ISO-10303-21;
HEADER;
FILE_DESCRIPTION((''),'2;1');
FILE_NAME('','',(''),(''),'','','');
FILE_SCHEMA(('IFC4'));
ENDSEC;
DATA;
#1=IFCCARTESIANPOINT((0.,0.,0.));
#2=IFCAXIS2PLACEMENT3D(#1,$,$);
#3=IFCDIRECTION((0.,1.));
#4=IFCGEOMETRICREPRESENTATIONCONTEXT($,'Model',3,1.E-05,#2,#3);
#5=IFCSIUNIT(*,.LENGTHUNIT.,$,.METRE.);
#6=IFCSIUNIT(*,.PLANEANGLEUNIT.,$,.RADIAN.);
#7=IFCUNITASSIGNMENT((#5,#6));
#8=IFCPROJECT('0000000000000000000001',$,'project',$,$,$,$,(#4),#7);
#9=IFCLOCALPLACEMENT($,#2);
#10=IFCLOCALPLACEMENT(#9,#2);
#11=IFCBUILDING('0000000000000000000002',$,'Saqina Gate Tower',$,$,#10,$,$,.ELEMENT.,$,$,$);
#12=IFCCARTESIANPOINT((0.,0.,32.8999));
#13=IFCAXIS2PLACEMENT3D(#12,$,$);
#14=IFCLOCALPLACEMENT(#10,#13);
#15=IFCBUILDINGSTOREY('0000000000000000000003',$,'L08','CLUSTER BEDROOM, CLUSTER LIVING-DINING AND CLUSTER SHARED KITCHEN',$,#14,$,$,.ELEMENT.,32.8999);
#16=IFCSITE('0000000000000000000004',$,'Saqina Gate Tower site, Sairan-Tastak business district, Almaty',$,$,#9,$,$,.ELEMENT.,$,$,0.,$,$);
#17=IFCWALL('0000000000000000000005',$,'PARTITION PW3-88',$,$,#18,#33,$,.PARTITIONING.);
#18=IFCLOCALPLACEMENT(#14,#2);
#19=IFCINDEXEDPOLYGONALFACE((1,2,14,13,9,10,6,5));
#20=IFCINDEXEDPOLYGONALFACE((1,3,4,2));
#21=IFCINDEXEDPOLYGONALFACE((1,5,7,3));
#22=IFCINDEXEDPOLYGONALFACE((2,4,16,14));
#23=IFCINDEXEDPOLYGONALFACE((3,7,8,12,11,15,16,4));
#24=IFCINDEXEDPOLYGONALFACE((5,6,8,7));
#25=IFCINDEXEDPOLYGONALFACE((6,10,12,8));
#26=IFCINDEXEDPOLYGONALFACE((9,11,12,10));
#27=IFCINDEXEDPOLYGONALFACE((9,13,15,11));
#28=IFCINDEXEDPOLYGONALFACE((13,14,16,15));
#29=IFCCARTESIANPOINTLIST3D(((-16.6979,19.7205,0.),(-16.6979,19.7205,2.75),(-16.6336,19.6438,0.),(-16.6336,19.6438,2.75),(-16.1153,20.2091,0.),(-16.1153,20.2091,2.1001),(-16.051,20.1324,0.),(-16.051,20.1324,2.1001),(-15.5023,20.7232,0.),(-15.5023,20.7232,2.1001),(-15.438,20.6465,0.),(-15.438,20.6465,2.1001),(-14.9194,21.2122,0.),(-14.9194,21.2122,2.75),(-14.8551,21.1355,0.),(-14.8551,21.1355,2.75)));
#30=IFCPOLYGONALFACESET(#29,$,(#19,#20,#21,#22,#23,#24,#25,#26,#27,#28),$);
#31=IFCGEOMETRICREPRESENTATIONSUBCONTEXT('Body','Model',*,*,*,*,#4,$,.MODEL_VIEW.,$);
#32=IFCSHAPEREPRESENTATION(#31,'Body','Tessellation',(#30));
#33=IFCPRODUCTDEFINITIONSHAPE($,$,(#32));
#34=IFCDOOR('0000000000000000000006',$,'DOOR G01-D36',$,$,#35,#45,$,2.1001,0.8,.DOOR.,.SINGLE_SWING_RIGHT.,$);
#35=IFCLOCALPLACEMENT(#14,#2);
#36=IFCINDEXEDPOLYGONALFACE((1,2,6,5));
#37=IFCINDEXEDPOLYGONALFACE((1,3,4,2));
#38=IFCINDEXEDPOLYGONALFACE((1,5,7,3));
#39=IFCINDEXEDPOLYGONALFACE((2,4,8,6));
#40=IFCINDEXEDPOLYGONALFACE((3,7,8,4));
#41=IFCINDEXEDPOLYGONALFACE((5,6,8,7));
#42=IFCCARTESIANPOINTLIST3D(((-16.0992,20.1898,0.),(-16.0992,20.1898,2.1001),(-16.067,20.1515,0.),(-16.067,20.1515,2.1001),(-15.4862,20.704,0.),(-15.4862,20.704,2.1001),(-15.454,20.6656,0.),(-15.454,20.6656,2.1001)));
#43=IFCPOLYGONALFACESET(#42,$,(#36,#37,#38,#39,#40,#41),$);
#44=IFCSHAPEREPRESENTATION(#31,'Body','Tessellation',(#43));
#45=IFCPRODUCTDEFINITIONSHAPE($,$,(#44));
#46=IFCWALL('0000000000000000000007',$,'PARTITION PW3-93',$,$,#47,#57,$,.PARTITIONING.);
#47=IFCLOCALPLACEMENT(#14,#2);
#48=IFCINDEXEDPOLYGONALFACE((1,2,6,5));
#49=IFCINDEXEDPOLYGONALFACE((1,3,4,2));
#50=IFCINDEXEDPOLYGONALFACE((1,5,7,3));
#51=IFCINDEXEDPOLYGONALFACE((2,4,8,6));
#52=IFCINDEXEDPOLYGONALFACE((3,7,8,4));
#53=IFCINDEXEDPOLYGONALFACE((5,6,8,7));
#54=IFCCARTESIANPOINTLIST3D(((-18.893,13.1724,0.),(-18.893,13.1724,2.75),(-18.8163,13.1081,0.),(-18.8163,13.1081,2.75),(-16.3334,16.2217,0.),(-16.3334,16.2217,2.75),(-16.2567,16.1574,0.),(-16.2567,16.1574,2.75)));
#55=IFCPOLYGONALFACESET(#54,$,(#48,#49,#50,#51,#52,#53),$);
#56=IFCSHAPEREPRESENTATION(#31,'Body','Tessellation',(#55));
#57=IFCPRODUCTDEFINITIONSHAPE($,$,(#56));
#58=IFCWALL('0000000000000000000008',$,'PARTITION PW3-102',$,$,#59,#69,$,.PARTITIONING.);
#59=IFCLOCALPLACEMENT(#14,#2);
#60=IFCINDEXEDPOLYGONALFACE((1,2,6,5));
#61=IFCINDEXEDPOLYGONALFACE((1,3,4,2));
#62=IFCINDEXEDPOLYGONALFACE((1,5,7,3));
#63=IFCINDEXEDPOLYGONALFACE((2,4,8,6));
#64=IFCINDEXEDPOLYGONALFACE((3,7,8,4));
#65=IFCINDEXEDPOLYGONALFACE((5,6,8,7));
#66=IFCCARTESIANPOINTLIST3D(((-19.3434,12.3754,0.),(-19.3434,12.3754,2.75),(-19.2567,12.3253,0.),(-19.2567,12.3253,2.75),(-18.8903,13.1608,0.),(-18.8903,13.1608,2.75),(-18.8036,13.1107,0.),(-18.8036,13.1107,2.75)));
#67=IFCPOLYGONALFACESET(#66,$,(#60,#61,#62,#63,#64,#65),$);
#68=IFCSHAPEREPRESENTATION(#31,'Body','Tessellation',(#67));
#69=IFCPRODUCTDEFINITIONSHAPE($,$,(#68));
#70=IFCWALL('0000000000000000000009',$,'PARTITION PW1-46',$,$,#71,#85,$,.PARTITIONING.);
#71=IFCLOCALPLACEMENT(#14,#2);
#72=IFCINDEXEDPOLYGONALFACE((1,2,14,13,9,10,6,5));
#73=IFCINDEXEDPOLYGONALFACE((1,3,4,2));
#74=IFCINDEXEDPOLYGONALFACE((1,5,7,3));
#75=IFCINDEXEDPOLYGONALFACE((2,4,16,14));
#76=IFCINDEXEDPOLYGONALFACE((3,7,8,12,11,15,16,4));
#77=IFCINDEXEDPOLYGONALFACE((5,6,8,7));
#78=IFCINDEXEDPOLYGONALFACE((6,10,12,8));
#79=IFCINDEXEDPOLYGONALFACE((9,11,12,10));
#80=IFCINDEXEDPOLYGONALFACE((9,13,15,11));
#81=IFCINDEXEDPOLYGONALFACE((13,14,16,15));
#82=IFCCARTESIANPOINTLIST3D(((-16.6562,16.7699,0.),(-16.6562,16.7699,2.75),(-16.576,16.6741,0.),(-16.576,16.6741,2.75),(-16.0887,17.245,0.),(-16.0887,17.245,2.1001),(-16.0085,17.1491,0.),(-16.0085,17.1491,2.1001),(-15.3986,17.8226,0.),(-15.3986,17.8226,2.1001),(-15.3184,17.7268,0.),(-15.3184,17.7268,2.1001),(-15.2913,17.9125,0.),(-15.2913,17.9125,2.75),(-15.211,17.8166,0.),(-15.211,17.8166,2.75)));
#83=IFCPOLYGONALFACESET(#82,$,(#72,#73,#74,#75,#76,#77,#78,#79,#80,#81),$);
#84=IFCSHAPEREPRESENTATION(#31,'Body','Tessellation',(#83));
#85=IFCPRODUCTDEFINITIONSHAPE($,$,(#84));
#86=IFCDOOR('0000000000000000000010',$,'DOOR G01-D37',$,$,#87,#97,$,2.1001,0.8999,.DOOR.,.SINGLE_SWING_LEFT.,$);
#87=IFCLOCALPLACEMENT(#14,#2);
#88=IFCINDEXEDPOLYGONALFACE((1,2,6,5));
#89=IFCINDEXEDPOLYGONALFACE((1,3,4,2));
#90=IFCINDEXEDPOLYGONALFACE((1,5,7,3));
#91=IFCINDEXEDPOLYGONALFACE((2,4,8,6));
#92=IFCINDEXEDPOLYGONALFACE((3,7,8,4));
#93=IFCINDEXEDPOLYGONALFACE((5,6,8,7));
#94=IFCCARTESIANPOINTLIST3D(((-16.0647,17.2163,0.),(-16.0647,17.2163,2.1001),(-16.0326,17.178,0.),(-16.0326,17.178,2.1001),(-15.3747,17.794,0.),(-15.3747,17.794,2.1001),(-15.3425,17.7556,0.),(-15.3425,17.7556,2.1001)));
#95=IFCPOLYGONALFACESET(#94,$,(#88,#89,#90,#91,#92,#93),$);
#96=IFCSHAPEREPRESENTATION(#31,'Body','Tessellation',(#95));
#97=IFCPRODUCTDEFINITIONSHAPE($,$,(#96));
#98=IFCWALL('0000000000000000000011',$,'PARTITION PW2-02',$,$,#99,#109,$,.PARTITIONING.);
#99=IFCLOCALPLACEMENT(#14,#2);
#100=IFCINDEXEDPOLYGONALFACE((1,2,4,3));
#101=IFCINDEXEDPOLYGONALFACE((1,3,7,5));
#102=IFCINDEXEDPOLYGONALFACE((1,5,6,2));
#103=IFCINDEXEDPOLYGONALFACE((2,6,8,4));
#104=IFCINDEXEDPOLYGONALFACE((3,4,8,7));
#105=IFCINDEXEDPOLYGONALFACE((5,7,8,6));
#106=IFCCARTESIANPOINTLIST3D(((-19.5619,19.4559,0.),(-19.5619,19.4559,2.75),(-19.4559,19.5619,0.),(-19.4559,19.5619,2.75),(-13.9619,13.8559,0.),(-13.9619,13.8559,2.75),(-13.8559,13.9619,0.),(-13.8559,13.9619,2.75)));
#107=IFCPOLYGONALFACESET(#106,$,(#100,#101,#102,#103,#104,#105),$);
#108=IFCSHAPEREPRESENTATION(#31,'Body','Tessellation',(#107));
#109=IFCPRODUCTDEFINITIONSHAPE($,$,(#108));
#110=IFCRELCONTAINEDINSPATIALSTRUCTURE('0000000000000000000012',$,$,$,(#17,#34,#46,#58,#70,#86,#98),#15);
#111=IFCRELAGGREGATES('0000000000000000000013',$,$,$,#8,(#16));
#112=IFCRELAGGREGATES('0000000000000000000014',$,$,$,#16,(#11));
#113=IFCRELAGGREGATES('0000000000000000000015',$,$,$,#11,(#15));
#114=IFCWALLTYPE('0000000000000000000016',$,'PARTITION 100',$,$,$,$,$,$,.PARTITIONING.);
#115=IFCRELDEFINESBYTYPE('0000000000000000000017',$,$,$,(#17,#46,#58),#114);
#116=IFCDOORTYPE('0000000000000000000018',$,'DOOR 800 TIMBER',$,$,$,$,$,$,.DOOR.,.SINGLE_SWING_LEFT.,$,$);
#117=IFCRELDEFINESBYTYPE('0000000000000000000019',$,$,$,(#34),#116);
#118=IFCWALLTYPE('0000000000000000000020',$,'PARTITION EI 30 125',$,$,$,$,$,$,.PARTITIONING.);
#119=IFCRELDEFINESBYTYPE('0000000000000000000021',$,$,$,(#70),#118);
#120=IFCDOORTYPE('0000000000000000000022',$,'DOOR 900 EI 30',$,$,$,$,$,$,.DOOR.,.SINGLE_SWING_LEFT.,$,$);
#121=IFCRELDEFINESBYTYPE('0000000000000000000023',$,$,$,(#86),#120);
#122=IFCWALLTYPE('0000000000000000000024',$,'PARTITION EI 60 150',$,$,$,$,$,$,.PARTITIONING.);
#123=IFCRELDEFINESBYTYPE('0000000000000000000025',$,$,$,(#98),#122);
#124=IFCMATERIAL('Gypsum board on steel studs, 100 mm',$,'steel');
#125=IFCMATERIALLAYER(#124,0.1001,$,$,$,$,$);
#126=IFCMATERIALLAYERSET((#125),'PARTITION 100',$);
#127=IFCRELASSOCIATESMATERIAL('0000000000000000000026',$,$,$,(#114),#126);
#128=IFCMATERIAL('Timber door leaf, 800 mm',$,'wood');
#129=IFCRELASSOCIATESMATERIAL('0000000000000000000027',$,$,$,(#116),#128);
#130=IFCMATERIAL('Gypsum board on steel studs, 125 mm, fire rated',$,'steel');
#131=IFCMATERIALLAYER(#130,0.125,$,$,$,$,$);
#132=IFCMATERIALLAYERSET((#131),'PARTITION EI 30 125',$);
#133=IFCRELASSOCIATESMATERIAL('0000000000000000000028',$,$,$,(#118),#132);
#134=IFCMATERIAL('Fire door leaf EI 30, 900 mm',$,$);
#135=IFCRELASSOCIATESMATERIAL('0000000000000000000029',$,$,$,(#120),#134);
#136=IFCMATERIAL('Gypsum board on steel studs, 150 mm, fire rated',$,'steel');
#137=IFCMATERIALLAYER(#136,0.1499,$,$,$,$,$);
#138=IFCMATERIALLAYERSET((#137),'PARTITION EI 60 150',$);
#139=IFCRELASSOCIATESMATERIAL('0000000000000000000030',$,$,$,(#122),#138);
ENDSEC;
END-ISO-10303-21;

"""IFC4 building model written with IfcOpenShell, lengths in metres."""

from ifc_helpers import new_model, si_unit, direction, frame, frame_2d, origin, place, context, subcontext, project, spatial, rectangle, extrude, material, layer, layer_set, type_object, element, fill, save


model = new_model("IFC4")

# Units and contexts
model_context = context("Model", 3, precision=1e-05, world=origin(), true_north=direction((0.0, 1.0)))
body_context = subcontext(model_context, "Body", "Model", "MODEL_VIEW")
ifc_project = project(units=[si_unit("LENGTHUNIT", "METRE"), si_unit("PLANEANGLEUNIT", "RADIAN")], contexts=[model_context])

# Site, building, storey
site_placement = place(None, origin())
site = spatial("IfcSite", under=ifc_project, at=site_placement, Name="Saqina Gate Tower site, Sairan-Tastak business district, Almaty", CompositionType="ELEMENT", RefElevation=0.0)
building_placement = place(site_placement, origin())
building = spatial("IfcBuilding", under=site, at=building_placement, Name="Saqina Gate Tower", CompositionType="ELEMENT")
storey_placement = place(building_placement, frame((0.0, 0.0, 32.8999)))
storey = spatial("IfcBuildingStorey", under=building, at=storey_placement, Name="L08", Description="CLUSTER BEDROOM, CLUSTER LIVING-DINING AND CLUSTER SHARED KITCHEN", CompositionType="ELEMENT", Elevation=32.8999)

# Shared definitions
ifc_material_1 = material(Name="Gypsum board on steel studs, 100 mm", Category="steel")
ifc_layer_1 = layer(ifc_material_1, 0.1001)
ifc_layer_set_1 = layer_set([ifc_layer_1], Name="PARTITION 100")
wall_type_1 = type_object("IfcWallType", Name="PARTITION 100", PredefinedType="PARTITIONING", material=ifc_layer_set_1)

# Wall, opening, door
wall_1_placement = place(storey_placement, frame((-16.6658, 19.6821, 0.0), z_axis=(0.0, 0.0, 1.0), x_axis=(0.766192, 0.642612, 0.0)))
wall_1 = element("IfcWall", 1, at=wall_1_placement, inside=storey, type_object=wall_type_1, Name="PARTITION PW3-88", PredefinedType="PARTITIONING", context=body_context, shape_type="SweptSolid", body=[
    extrude(rectangle(XDim=2.3213, YDim=0.1001, at=frame_2d((1.1606, 0.0))), origin(), (0.0, 0.0, 1.0), 2.75),
])
opening_1_placement = place(wall_1_placement, frame((0.7605, 0.0, 0.0)))
opening_1 = element("IfcOpeningElement", 2, at=opening_1_placement, cuts=wall_1, PredefinedType="OPENING", context=body_context, shape_type="SweptSolid", body=[
    extrude(rectangle(XDim=0.8, YDim=2.1001, at=frame_2d((0.3999, 1.05))), frame((0.0, 0.062, 0.0), z_axis=(0.0, -1.0, 0.0), x_axis=(1.0, 0.0, 0.0)), (0.0, 0.0, 1.0), 0.124),
])
ifc_material_2 = material(Name="Timber door leaf, 800 mm", Category="wood")
door_type_1 = type_object("IfcDoorType", Name="DOOR 800 TIMBER", OperationType="SINGLE_SWING_LEFT", PredefinedType="DOOR", material=ifc_material_2)
door_1_placement = place(opening_1_placement, origin())
door_1 = element("IfcDoor", 3, at=door_1_placement, inside=storey, type_object=door_type_1, Name="DOOR G01-D36", OperationType="SINGLE_SWING_RIGHT", OverallHeight=2.1001, OverallWidth=0.8, PredefinedType="DOOR", context=body_context, shape_type="SweptSolid", body=[
    extrude(rectangle(XDim=0.8, YDim=2.1001, at=frame_2d((0.3999, 1.05))), frame((0.0, 0.0249, 0.0), z_axis=(0.0, -1.0, 0.0), x_axis=(1.0, 0.0, 0.0)), (0.0, 0.0, 1.0), 0.05),
])
fill(opening_1, door_1)

# Walls
wall_2_placement = place(storey_placement, frame((-18.8547, 13.1401, 0.0), z_axis=(0.0, 0.0, 1.0), x_axis=(0.642919, 0.765934, 0.0)))
element("IfcWall", 4, at=wall_2_placement, inside=storey, type_object=wall_type_1, Name="PARTITION PW3-93", PredefinedType="PARTITIONING", context=body_context, shape_type="SweptSolid", body=[
    extrude(rectangle(XDim=3.9812, YDim=0.1001, at=frame_2d((1.9907, 0.0))), origin(), (0.0, 0.0, 1.0), 2.75),
])
wall_3_placement = place(storey_placement, frame((-19.3, 12.3503, 0.0), z_axis=(0.0, 0.0, 1.0), x_axis=(0.49973, 0.866181, 0.0)))
element("IfcWall", 5, at=wall_3_placement, inside=storey, type_object=wall_type_1, Name="PARTITION PW3-102", PredefinedType="PARTITIONING", context=body_context, shape_type="SweptSolid", body=[
    extrude(rectangle(XDim=0.9067, YDim=0.1001, at=frame_2d((0.4534, 0.0))), origin(), (0.0, 0.0, 1.0), 2.75),
])

# Wall, opening, door
ifc_material_3 = material(Name="Gypsum board on steel studs, 125 mm, fire rated", Category="steel")
ifc_layer_2 = layer(ifc_material_3, 0.125)
ifc_layer_set_2 = layer_set([ifc_layer_2], Name="PARTITION EI 30 125")
wall_type_2 = type_object("IfcWallType", Name="PARTITION EI 30 125", PredefinedType="PARTITIONING", material=ifc_layer_set_2)
wall_4_placement = place(storey_placement, frame((-16.6162, 16.7219, 0.0), z_axis=(0.0, 0.0, 1.0), x_axis=(0.766814, 0.641869, 0.0)))
wall_4 = element("IfcWall", 6, at=wall_4_placement, inside=storey, type_object=wall_type_2, Name="PARTITION PW1-46", PredefinedType="PARTITIONING", context=body_context, shape_type="SweptSolid", body=[
    extrude(rectangle(XDim=1.78, YDim=0.125, at=frame_2d((0.8901, 0.0))), origin(), (0.0, 0.0, 1.0), 2.75),
])
opening_2_placement = place(wall_4_placement, frame((0.7402, 0.0, 0.0)))
opening_2 = element("IfcOpeningElement", 7, at=opening_2_placement, cuts=wall_4, PredefinedType="OPENING", context=body_context, shape_type="SweptSolid", body=[
    extrude(rectangle(XDim=0.8999, YDim=2.1001, at=frame_2d((0.45, 1.05))), frame((0.0, 0.0745, 0.0), z_axis=(0.0, -1.0, 0.0), x_axis=(1.0, 0.0, 0.0)), (0.0, 0.0, 1.0), 0.1489),
])
ifc_material_4 = material(Name="Fire door leaf EI 30, 900 mm")
door_type_2 = type_object("IfcDoorType", Name="DOOR 900 EI 30", OperationType="SINGLE_SWING_LEFT", PredefinedType="DOOR", material=ifc_material_4)
door_2_placement = place(opening_2_placement, frame((0.8999, 0.0, 0.0), z_axis=(0.0, 0.0, 1.0), x_axis=(-1.0, 0.0, 0.0)))
door_2 = element("IfcDoor", 8, at=door_2_placement, inside=storey, type_object=door_type_2, Name="DOOR G01-D37", OperationType="SINGLE_SWING_LEFT", OverallHeight=2.1001, OverallWidth=0.8999, PredefinedType="DOOR", context=body_context, shape_type="SweptSolid", body=[
    extrude(rectangle(XDim=0.8999, YDim=2.1001, at=frame_2d((0.45, 1.05))), frame((0.0, 0.0249, 0.0), z_axis=(0.0, -1.0, 0.0), x_axis=(1.0, 0.0, 0.0)), (0.0, 0.0, 1.0), 0.05),
])
fill(opening_2, door_2)

# Wall
ifc_material_5 = material(Name="Gypsum board on steel studs, 150 mm, fire rated", Category="steel")
ifc_layer_3 = layer(ifc_material_5, 0.1499)
ifc_layer_set_3 = layer_set([ifc_layer_3], Name="PARTITION EI 60 150")
wall_type_3 = type_object("IfcWallType", Name="PARTITION EI 60 150", PredefinedType="PARTITIONING", material=ifc_layer_set_3)
wall_5_placement = place(storey_placement, frame((-19.509, 19.509, 0.0), z_axis=(0.0, 0.0, 1.0), x_axis=(0.707107, -0.707107, 0.0)))
element("IfcWall", 9, at=wall_5_placement, inside=storey, type_object=wall_type_3, Name="PARTITION PW2-02", PredefinedType="PARTITIONING", context=body_context, shape_type="SweptSolid", body=[
    extrude(rectangle(XDim=7.9197, YDim=0.1499, at=frame_2d((3.96, 0.0))), origin(), (0.0, 0.0, 1.0), 2.75),
])

save(model, "model.ifc")
